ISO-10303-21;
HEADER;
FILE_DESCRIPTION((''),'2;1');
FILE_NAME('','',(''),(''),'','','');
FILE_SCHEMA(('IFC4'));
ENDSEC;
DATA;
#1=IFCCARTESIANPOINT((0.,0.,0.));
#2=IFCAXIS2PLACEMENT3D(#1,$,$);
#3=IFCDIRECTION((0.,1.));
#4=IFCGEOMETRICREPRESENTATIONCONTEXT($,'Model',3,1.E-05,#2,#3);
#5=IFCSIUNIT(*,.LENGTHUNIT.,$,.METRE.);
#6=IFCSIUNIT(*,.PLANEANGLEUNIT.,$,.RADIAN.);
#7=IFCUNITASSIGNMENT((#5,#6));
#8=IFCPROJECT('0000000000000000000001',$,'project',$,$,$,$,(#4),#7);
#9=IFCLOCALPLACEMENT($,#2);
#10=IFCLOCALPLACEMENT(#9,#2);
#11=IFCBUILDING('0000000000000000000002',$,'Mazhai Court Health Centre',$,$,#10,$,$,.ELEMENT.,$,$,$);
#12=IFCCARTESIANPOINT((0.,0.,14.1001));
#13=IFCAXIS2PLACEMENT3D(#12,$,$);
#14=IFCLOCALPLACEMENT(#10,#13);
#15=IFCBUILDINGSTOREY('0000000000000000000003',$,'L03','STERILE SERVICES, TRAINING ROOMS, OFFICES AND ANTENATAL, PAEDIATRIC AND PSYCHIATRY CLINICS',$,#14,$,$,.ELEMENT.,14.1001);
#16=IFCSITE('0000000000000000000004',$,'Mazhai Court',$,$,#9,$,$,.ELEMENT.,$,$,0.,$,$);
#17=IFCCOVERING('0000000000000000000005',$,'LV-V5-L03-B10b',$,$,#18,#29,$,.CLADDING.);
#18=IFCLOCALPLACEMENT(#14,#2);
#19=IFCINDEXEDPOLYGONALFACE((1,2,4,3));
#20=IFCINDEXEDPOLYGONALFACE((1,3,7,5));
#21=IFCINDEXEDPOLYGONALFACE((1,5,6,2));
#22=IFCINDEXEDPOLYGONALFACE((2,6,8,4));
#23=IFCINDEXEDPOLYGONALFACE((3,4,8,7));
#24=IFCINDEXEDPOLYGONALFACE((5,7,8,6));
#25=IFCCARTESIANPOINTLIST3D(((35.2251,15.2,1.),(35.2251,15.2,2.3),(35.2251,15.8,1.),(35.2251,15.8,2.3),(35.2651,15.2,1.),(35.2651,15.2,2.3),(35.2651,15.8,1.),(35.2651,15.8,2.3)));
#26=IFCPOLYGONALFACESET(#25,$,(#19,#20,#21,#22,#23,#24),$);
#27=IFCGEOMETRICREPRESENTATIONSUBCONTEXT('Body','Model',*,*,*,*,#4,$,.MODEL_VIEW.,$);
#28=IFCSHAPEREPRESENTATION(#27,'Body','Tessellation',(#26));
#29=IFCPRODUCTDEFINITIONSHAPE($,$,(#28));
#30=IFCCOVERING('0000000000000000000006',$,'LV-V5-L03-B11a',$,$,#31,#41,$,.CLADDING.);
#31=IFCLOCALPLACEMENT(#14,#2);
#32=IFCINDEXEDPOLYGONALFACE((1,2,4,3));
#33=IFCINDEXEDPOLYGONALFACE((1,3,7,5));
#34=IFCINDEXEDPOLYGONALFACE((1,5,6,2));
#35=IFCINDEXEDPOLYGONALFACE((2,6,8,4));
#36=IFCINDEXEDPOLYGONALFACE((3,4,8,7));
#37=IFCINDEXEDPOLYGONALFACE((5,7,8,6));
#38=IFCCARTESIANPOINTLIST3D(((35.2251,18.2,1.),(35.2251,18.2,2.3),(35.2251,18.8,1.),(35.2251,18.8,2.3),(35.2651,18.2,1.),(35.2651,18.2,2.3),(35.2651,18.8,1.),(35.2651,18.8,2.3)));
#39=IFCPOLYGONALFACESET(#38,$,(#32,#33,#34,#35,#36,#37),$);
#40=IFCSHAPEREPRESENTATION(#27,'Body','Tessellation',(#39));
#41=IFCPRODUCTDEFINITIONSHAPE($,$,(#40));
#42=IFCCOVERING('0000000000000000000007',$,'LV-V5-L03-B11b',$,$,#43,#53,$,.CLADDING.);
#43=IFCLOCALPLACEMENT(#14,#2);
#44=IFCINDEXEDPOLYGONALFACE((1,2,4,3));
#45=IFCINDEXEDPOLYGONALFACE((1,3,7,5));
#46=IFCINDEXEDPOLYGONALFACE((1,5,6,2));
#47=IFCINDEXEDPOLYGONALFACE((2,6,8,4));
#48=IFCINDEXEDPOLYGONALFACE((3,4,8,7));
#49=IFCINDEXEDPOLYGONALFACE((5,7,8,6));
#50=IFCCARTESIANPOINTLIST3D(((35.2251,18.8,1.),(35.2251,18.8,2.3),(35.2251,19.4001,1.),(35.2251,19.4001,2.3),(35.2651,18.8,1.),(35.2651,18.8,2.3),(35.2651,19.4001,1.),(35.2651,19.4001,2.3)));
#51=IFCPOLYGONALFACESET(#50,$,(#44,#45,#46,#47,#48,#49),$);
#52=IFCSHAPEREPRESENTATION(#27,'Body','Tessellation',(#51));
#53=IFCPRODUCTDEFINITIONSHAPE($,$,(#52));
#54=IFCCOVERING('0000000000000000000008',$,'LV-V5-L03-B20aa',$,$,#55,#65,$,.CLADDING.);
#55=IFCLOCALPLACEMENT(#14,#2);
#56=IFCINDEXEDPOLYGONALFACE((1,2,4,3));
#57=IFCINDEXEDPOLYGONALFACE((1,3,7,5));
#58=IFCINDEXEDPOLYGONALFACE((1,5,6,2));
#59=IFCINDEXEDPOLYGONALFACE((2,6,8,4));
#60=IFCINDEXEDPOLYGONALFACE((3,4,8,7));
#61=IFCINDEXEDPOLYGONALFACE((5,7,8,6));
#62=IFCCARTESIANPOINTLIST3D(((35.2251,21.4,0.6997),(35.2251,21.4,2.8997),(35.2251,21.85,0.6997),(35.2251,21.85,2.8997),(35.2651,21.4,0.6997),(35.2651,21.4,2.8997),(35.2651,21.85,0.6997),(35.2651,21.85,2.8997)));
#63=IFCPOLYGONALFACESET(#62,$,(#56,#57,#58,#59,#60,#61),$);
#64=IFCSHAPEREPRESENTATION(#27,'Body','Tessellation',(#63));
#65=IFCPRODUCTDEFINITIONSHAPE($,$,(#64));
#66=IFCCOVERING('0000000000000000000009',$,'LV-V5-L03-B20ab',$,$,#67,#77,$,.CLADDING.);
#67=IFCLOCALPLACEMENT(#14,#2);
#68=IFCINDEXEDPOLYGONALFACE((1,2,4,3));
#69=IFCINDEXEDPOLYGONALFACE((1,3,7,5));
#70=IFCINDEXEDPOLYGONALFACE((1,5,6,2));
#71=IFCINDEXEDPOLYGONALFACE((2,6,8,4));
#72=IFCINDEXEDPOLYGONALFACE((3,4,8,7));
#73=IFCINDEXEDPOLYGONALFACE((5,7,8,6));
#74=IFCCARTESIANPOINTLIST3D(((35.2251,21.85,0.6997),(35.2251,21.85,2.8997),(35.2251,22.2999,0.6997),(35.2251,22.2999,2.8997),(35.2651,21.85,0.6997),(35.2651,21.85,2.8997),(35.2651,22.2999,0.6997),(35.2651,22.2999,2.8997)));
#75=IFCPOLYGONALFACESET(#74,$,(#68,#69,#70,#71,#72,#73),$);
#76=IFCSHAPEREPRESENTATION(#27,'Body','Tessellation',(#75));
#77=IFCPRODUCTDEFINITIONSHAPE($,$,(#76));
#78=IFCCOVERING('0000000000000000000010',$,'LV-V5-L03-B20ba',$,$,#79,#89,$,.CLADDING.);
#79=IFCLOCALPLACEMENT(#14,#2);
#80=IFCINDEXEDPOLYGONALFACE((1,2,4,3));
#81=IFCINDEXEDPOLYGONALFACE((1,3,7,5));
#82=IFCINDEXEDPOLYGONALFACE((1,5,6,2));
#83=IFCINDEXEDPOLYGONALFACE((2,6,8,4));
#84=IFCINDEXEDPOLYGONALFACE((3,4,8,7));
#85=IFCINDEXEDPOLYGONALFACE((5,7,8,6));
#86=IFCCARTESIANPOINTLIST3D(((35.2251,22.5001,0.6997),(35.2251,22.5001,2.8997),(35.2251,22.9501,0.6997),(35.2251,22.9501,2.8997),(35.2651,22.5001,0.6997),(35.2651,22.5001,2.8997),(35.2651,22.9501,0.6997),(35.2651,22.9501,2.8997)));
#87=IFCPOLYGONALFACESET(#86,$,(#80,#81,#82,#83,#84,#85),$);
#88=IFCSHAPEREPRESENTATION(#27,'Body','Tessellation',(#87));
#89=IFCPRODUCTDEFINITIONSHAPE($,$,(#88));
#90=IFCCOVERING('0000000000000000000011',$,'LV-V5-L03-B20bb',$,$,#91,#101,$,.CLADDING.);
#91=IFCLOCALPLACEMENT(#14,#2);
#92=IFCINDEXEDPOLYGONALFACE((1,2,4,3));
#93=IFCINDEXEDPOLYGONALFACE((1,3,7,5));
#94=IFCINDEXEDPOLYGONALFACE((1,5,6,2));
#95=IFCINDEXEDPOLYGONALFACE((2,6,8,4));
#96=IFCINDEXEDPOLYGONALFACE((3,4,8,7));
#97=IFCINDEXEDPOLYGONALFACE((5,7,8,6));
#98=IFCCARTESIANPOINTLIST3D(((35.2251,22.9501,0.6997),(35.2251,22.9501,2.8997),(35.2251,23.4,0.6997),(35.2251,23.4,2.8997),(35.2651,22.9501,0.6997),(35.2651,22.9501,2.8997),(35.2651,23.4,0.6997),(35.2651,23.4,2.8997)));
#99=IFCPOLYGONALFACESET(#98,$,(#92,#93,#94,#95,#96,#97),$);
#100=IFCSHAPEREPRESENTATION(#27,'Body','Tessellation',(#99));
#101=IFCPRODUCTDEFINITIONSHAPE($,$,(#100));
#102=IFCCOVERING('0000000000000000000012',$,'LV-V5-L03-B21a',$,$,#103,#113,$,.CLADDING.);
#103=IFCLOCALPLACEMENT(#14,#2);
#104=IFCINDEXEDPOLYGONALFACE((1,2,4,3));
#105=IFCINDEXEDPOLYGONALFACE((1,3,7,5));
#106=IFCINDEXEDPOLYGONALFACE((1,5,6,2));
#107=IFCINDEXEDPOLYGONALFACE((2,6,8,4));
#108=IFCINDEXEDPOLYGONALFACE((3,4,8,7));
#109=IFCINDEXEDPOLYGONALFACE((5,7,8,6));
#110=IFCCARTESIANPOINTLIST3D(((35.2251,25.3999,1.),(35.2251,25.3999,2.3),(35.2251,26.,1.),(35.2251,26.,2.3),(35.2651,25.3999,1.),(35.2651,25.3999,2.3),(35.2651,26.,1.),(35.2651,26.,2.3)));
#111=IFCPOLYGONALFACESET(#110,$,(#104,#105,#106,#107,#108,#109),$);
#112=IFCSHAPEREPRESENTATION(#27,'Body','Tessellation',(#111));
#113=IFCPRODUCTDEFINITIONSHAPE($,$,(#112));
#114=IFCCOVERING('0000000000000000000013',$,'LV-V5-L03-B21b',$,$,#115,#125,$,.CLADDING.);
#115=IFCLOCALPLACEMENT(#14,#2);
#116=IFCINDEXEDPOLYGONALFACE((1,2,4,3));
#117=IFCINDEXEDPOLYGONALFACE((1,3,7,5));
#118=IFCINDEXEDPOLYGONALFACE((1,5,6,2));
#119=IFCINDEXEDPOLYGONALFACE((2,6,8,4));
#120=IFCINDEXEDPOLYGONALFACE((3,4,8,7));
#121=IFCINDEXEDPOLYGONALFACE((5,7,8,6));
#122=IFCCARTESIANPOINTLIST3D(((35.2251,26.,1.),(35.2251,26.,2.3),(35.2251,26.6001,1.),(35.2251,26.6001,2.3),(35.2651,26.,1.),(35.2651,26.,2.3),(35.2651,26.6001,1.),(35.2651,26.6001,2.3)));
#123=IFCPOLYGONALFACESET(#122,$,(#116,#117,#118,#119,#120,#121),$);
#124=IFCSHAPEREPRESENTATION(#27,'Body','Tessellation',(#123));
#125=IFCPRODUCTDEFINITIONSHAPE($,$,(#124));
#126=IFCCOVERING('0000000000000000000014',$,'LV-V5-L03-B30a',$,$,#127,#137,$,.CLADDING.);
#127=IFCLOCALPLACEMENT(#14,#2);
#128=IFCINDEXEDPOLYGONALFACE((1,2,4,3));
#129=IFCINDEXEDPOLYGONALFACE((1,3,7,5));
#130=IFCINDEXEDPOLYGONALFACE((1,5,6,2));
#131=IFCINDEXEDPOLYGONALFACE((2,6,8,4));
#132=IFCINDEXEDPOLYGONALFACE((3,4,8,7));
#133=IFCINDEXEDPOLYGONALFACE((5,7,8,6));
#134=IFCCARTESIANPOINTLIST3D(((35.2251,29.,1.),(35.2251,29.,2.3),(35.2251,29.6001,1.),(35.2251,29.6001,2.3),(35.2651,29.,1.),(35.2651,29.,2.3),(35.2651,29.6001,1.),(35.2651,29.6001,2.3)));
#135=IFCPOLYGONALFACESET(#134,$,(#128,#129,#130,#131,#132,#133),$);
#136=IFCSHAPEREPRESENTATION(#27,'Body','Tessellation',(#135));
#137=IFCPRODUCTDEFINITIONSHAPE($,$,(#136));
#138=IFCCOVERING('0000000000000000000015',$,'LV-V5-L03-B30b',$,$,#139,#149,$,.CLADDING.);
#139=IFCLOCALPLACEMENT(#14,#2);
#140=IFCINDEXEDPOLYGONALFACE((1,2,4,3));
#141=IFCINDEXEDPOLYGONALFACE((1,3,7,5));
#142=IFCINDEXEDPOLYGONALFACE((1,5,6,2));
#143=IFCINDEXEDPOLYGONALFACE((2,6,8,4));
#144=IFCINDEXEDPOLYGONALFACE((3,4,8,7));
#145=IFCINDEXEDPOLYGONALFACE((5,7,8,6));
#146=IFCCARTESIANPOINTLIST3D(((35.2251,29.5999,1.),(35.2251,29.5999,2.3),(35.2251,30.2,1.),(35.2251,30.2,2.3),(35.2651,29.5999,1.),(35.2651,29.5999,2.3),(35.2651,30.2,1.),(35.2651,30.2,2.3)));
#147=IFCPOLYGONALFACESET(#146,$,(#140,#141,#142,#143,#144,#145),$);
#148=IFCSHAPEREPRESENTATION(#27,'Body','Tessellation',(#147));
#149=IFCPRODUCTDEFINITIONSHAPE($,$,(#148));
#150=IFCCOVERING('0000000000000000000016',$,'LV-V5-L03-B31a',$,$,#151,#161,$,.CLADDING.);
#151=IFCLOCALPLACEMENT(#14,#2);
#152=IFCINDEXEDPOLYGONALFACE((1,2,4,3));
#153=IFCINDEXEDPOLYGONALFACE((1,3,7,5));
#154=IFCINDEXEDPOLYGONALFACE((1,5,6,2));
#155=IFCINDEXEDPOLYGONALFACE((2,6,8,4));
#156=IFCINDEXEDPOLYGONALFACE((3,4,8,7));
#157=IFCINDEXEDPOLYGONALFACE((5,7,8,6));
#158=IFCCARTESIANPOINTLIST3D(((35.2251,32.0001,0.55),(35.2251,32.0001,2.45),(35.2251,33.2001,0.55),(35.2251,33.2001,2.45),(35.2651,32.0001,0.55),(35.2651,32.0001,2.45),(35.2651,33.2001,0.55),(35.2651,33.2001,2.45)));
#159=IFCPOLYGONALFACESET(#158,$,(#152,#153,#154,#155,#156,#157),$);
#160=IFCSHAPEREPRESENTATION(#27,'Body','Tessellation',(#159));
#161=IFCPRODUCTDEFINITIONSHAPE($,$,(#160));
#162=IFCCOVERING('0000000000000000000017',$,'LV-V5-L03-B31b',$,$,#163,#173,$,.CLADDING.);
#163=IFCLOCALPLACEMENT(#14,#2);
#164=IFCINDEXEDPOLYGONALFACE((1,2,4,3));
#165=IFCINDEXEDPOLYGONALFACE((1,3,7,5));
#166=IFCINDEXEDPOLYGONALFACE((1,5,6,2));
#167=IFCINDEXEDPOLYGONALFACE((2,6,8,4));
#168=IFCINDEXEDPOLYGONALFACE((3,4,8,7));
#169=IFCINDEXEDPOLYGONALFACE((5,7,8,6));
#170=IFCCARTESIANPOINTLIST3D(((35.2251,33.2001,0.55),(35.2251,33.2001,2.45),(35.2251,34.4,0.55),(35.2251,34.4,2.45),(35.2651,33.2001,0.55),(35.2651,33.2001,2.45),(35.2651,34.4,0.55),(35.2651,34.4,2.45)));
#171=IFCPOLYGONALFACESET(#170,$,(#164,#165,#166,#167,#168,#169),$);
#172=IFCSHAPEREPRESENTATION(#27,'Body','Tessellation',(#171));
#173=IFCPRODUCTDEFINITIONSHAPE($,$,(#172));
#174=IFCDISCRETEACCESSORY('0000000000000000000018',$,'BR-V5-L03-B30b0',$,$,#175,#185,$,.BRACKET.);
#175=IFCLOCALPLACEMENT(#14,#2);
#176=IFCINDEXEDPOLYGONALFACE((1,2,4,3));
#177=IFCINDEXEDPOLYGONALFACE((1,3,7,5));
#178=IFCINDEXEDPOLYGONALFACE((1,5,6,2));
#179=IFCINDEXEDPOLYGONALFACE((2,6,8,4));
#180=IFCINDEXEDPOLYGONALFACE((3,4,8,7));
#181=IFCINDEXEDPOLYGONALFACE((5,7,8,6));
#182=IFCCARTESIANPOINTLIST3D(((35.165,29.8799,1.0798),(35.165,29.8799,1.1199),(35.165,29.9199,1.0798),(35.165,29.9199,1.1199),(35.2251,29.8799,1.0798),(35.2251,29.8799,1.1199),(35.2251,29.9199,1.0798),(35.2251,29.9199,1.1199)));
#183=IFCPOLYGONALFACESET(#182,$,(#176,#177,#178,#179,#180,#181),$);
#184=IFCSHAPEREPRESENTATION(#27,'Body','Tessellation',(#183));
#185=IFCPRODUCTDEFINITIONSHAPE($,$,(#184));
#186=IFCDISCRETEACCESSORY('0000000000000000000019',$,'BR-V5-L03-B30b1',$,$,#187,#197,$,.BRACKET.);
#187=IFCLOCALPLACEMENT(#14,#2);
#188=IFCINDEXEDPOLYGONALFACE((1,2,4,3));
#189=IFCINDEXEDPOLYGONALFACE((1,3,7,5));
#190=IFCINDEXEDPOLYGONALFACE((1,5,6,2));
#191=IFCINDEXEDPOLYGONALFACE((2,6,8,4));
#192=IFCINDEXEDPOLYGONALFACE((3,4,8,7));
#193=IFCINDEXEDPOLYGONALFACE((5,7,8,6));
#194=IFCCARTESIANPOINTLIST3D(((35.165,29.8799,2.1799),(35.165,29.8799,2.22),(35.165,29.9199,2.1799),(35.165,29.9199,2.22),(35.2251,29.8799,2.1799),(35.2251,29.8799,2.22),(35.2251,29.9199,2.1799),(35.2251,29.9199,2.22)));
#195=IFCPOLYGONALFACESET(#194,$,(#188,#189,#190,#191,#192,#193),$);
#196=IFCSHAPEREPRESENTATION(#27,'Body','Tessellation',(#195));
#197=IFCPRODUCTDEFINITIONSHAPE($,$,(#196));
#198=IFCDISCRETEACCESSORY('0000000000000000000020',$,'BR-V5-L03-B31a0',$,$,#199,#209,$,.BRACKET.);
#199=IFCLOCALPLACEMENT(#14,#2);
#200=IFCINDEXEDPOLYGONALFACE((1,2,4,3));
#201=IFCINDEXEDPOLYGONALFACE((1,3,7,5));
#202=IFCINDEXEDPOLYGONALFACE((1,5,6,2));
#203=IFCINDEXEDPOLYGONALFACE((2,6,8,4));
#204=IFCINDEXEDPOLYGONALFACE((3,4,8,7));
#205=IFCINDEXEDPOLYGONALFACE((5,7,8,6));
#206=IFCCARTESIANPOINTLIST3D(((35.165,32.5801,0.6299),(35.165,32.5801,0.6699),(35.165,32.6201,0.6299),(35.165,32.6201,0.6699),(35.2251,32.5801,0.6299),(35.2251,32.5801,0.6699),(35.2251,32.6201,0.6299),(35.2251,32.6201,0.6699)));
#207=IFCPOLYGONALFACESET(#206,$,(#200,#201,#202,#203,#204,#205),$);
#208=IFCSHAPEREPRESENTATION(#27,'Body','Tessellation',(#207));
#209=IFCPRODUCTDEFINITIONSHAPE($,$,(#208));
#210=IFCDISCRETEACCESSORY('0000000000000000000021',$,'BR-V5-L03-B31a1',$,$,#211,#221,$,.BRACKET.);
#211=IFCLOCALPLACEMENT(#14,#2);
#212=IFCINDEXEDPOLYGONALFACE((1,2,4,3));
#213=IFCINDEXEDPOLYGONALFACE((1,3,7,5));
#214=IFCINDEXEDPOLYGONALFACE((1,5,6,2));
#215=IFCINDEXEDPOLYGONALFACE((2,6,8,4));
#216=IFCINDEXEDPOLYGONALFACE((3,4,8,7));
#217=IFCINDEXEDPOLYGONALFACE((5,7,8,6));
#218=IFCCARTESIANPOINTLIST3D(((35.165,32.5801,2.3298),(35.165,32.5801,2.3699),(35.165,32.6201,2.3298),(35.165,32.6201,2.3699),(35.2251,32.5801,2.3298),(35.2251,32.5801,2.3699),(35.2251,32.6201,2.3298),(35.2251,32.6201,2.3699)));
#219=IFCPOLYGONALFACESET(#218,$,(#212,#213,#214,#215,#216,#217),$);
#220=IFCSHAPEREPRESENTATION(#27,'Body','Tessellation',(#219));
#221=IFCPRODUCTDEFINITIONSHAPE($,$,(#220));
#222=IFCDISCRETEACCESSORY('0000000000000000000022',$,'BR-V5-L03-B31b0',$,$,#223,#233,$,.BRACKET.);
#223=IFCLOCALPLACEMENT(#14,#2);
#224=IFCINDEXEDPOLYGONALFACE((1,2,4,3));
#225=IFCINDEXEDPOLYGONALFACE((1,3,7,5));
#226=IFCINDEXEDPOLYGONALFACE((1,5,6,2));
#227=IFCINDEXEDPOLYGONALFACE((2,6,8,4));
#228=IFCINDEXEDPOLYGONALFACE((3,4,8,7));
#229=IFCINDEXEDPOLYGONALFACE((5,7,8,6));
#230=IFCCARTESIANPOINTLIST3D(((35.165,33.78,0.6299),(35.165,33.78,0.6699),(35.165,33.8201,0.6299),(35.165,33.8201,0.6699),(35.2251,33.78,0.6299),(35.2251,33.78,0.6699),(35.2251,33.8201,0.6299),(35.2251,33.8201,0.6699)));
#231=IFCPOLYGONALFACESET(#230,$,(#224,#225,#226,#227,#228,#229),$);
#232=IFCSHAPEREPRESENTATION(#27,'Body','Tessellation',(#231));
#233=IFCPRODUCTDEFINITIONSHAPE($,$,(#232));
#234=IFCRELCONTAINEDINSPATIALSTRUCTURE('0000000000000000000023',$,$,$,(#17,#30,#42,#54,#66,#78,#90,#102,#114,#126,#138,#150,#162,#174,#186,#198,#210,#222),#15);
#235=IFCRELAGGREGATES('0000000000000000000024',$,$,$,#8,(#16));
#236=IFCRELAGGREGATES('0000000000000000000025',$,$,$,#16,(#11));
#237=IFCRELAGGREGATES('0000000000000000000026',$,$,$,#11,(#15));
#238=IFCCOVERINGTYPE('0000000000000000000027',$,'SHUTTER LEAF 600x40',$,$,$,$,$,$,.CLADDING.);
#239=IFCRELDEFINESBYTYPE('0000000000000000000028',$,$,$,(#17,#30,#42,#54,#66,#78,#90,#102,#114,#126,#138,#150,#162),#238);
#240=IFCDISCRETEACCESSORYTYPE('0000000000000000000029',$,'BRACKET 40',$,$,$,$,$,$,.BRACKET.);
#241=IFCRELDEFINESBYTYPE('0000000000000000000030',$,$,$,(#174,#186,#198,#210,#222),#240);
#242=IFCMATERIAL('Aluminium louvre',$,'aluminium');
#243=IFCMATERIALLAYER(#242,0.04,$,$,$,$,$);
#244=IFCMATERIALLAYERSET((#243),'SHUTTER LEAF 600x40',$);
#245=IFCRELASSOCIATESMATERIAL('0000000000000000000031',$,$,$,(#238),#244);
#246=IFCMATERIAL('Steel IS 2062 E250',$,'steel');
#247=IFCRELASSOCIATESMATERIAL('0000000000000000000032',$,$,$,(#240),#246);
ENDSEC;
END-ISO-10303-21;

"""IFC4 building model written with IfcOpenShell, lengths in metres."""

from ifc_helpers import new_model, si_unit, direction, frame, origin, origin_2d, place, context, subcontext, project, spatial, rectangle, extrude, material, layer, layer_set, type_object, element, save


model = new_model("IFC4")

# Units and contexts
model_context = context("Model", 3, precision=1e-05, world=origin(), true_north=direction((0.0, 1.0)))
body_context = subcontext(model_context, "Body", "Model", "MODEL_VIEW")
ifc_project = project(units=[si_unit("LENGTHUNIT", "METRE"), si_unit("PLANEANGLEUNIT", "RADIAN")], contexts=[model_context])

# Site, building, storey
site_placement = place(None, origin())
site = spatial("IfcSite", under=ifc_project, at=site_placement, Name="Mazhai Court", CompositionType="ELEMENT", RefElevation=0.0)
building_placement = place(site_placement, origin())
building = spatial("IfcBuilding", under=site, at=building_placement, Name="Mazhai Court Health Centre", CompositionType="ELEMENT")
storey_placement = place(building_placement, frame((0.0, 0.0, 14.1001)))
storey = spatial("IfcBuildingStorey", under=building, at=storey_placement, Name="L03", Description="STERILE SERVICES, TRAINING ROOMS, OFFICES AND ANTENATAL, PAEDIATRIC AND PSYCHIATRY CLINICS", CompositionType="ELEMENT", Elevation=14.1001)

# Coverings
ifc_material_1 = material(Name="Aluminium louvre", Category="aluminium")
ifc_layer_1 = layer(ifc_material_1, 0.04)
ifc_layer_set_1 = layer_set([ifc_layer_1], Name="SHUTTER LEAF 600x40")
covering_type_1 = type_object("IfcCoveringType", Name="SHUTTER LEAF 600x40", PredefinedType="CLADDING", material=ifc_layer_set_1)
for number, where, z_axis, x_axis, name in (
    (1, (35.2451, 15.5, 1.0), (0.0, 0.0, 1.0), (0.0, 1.0, 0.0), "LV-V5-L03-B10b"),
    (2, (35.2451, 18.5, 1.0), (0.0, 0.0, 1.0), (0.0, 1.0, 0.0), "LV-V5-L03-B11a"),
    (3, (35.2451, 19.1001, 1.0), (0.0, 0.0, 1.0), (0.0, 1.0, 0.0), "LV-V5-L03-B11b"),
):
    element("IfcCovering", number, at=place(storey_placement, frame(where, z_axis=z_axis, x_axis=x_axis)), inside=storey, type_object=covering_type_1, Name=name, PredefinedType="CLADDING", context=body_context, shape_type="SweptSolid", body=[
        extrude(rectangle(XDim=0.6001, YDim=0.04, at=origin_2d()), origin(), (0.0, 0.0, 1.0), 1.3),
    ])
for number, where, z_axis, x_axis, name in (
    (4, (35.2451, 21.625, 0.6997), (0.0, 0.0, 1.0), (0.0, 1.0, 0.0), "LV-V5-L03-B20aa"),
    (5, (35.2451, 22.075, 0.6997), (0.0, 0.0, 1.0), (0.0, 1.0, 0.0), "LV-V5-L03-B20ab"),
    (6, (35.2451, 22.7251, 0.6997), (0.0, 0.0, 1.0), (0.0, 1.0, 0.0), "LV-V5-L03-B20ba"),
    (7, (35.2451, 23.175, 0.6997), (0.0, 0.0, 1.0), (0.0, 1.0, 0.0), "LV-V5-L03-B20bb"),
):
    element("IfcCovering", number, at=place(storey_placement, frame(where, z_axis=z_axis, x_axis=x_axis)), inside=storey, type_object=covering_type_1, Name=name, PredefinedType="CLADDING", context=body_context, shape_type="SweptSolid", body=[
        extrude(rectangle(XDim=0.45, YDim=0.04, at=origin_2d()), origin(), (0.0, 0.0, 1.0), 2.2),
    ])
for number, where, z_axis, x_axis, name in (
    (8, (35.2451, 25.7, 1.0), (0.0, 0.0, 1.0), (0.0, 1.0, 0.0), "LV-V5-L03-B21a"),
    (9, (35.2451, 26.3, 1.0), (0.0, 0.0, 1.0), (0.0, 1.0, 0.0), "LV-V5-L03-B21b"),
    (10, (35.2451, 29.3, 1.0), (0.0, 0.0, 1.0), (0.0, 1.0, 0.0), "LV-V5-L03-B30a"),
    (11, (35.2451, 29.8999, 1.0), (0.0, 0.0, 1.0), (0.0, 1.0, 0.0), "LV-V5-L03-B30b"),
):
    element("IfcCovering", number, at=place(storey_placement, frame(where, z_axis=z_axis, x_axis=x_axis)), inside=storey, type_object=covering_type_1, Name=name, PredefinedType="CLADDING", context=body_context, shape_type="SweptSolid", body=[
        extrude(rectangle(XDim=0.6001, YDim=0.04, at=origin_2d()), origin(), (0.0, 0.0, 1.0), 1.3),
    ])
for number, where, z_axis, x_axis, name in (
    (12, (35.2451, 32.6001, 0.55), (0.0, 0.0, 1.0), (0.0, 1.0, 0.0), "LV-V5-L03-B31a"),
    (13, (35.2451, 33.8, 0.55), (0.0, 0.0, 1.0), (0.0, 1.0, 0.0), "LV-V5-L03-B31b"),
):
    element("IfcCovering", number, at=place(storey_placement, frame(where, z_axis=z_axis, x_axis=x_axis)), inside=storey, type_object=covering_type_1, Name=name, PredefinedType="CLADDING", context=body_context, shape_type="SweptSolid", body=[
        extrude(rectangle(XDim=1.2, YDim=0.04, at=origin_2d()), origin(), (0.0, 0.0, 1.0), 1.8999),
    ])

# Discrete accessories
ifc_material_2 = material(Name="Steel IS 2062 E250", Category="steel")
discrete_accessory_type = type_object("IfcDiscreteAccessoryType", Name="BRACKET 40", PredefinedType="BRACKET", material=ifc_material_2)
for number, where, z_axis, x_axis, name in (
    (14, (35.1951, 29.8999, 1.0798), (0.0, 0.0, 1.0), (0.0, 1.0, 0.0), "BR-V5-L03-B30b0"),
    (15, (35.1951, 29.8999, 2.1799), (0.0, 0.0, 1.0), (0.0, 1.0, 0.0), "BR-V5-L03-B30b1"),
    (16, (35.1951, 32.6001, 0.6299), (0.0, 0.0, 1.0), (0.0, 1.0, 0.0), "BR-V5-L03-B31a0"),
    (17, (35.1951, 32.6001, 2.3298), (0.0, 0.0, 1.0), (0.0, 1.0, 0.0), "BR-V5-L03-B31a1"),
    (18, (35.1951, 33.8, 0.6299), (0.0, 0.0, 1.0), (0.0, 1.0, 0.0), "BR-V5-L03-B31b0"),
):
    element("IfcDiscreteAccessory", number, at=place(storey_placement, frame(where, z_axis=z_axis, x_axis=x_axis)), inside=storey, type_object=discrete_accessory_type, Name=name, PredefinedType="BRACKET", context=body_context, shape_type="SweptSolid", body=[
        extrude(rectangle(XDim=0.04, YDim=0.0601, at=origin_2d()), origin(), (0.0, 0.0, 1.0), 0.04),
    ])

save(model, "model.ifc")
